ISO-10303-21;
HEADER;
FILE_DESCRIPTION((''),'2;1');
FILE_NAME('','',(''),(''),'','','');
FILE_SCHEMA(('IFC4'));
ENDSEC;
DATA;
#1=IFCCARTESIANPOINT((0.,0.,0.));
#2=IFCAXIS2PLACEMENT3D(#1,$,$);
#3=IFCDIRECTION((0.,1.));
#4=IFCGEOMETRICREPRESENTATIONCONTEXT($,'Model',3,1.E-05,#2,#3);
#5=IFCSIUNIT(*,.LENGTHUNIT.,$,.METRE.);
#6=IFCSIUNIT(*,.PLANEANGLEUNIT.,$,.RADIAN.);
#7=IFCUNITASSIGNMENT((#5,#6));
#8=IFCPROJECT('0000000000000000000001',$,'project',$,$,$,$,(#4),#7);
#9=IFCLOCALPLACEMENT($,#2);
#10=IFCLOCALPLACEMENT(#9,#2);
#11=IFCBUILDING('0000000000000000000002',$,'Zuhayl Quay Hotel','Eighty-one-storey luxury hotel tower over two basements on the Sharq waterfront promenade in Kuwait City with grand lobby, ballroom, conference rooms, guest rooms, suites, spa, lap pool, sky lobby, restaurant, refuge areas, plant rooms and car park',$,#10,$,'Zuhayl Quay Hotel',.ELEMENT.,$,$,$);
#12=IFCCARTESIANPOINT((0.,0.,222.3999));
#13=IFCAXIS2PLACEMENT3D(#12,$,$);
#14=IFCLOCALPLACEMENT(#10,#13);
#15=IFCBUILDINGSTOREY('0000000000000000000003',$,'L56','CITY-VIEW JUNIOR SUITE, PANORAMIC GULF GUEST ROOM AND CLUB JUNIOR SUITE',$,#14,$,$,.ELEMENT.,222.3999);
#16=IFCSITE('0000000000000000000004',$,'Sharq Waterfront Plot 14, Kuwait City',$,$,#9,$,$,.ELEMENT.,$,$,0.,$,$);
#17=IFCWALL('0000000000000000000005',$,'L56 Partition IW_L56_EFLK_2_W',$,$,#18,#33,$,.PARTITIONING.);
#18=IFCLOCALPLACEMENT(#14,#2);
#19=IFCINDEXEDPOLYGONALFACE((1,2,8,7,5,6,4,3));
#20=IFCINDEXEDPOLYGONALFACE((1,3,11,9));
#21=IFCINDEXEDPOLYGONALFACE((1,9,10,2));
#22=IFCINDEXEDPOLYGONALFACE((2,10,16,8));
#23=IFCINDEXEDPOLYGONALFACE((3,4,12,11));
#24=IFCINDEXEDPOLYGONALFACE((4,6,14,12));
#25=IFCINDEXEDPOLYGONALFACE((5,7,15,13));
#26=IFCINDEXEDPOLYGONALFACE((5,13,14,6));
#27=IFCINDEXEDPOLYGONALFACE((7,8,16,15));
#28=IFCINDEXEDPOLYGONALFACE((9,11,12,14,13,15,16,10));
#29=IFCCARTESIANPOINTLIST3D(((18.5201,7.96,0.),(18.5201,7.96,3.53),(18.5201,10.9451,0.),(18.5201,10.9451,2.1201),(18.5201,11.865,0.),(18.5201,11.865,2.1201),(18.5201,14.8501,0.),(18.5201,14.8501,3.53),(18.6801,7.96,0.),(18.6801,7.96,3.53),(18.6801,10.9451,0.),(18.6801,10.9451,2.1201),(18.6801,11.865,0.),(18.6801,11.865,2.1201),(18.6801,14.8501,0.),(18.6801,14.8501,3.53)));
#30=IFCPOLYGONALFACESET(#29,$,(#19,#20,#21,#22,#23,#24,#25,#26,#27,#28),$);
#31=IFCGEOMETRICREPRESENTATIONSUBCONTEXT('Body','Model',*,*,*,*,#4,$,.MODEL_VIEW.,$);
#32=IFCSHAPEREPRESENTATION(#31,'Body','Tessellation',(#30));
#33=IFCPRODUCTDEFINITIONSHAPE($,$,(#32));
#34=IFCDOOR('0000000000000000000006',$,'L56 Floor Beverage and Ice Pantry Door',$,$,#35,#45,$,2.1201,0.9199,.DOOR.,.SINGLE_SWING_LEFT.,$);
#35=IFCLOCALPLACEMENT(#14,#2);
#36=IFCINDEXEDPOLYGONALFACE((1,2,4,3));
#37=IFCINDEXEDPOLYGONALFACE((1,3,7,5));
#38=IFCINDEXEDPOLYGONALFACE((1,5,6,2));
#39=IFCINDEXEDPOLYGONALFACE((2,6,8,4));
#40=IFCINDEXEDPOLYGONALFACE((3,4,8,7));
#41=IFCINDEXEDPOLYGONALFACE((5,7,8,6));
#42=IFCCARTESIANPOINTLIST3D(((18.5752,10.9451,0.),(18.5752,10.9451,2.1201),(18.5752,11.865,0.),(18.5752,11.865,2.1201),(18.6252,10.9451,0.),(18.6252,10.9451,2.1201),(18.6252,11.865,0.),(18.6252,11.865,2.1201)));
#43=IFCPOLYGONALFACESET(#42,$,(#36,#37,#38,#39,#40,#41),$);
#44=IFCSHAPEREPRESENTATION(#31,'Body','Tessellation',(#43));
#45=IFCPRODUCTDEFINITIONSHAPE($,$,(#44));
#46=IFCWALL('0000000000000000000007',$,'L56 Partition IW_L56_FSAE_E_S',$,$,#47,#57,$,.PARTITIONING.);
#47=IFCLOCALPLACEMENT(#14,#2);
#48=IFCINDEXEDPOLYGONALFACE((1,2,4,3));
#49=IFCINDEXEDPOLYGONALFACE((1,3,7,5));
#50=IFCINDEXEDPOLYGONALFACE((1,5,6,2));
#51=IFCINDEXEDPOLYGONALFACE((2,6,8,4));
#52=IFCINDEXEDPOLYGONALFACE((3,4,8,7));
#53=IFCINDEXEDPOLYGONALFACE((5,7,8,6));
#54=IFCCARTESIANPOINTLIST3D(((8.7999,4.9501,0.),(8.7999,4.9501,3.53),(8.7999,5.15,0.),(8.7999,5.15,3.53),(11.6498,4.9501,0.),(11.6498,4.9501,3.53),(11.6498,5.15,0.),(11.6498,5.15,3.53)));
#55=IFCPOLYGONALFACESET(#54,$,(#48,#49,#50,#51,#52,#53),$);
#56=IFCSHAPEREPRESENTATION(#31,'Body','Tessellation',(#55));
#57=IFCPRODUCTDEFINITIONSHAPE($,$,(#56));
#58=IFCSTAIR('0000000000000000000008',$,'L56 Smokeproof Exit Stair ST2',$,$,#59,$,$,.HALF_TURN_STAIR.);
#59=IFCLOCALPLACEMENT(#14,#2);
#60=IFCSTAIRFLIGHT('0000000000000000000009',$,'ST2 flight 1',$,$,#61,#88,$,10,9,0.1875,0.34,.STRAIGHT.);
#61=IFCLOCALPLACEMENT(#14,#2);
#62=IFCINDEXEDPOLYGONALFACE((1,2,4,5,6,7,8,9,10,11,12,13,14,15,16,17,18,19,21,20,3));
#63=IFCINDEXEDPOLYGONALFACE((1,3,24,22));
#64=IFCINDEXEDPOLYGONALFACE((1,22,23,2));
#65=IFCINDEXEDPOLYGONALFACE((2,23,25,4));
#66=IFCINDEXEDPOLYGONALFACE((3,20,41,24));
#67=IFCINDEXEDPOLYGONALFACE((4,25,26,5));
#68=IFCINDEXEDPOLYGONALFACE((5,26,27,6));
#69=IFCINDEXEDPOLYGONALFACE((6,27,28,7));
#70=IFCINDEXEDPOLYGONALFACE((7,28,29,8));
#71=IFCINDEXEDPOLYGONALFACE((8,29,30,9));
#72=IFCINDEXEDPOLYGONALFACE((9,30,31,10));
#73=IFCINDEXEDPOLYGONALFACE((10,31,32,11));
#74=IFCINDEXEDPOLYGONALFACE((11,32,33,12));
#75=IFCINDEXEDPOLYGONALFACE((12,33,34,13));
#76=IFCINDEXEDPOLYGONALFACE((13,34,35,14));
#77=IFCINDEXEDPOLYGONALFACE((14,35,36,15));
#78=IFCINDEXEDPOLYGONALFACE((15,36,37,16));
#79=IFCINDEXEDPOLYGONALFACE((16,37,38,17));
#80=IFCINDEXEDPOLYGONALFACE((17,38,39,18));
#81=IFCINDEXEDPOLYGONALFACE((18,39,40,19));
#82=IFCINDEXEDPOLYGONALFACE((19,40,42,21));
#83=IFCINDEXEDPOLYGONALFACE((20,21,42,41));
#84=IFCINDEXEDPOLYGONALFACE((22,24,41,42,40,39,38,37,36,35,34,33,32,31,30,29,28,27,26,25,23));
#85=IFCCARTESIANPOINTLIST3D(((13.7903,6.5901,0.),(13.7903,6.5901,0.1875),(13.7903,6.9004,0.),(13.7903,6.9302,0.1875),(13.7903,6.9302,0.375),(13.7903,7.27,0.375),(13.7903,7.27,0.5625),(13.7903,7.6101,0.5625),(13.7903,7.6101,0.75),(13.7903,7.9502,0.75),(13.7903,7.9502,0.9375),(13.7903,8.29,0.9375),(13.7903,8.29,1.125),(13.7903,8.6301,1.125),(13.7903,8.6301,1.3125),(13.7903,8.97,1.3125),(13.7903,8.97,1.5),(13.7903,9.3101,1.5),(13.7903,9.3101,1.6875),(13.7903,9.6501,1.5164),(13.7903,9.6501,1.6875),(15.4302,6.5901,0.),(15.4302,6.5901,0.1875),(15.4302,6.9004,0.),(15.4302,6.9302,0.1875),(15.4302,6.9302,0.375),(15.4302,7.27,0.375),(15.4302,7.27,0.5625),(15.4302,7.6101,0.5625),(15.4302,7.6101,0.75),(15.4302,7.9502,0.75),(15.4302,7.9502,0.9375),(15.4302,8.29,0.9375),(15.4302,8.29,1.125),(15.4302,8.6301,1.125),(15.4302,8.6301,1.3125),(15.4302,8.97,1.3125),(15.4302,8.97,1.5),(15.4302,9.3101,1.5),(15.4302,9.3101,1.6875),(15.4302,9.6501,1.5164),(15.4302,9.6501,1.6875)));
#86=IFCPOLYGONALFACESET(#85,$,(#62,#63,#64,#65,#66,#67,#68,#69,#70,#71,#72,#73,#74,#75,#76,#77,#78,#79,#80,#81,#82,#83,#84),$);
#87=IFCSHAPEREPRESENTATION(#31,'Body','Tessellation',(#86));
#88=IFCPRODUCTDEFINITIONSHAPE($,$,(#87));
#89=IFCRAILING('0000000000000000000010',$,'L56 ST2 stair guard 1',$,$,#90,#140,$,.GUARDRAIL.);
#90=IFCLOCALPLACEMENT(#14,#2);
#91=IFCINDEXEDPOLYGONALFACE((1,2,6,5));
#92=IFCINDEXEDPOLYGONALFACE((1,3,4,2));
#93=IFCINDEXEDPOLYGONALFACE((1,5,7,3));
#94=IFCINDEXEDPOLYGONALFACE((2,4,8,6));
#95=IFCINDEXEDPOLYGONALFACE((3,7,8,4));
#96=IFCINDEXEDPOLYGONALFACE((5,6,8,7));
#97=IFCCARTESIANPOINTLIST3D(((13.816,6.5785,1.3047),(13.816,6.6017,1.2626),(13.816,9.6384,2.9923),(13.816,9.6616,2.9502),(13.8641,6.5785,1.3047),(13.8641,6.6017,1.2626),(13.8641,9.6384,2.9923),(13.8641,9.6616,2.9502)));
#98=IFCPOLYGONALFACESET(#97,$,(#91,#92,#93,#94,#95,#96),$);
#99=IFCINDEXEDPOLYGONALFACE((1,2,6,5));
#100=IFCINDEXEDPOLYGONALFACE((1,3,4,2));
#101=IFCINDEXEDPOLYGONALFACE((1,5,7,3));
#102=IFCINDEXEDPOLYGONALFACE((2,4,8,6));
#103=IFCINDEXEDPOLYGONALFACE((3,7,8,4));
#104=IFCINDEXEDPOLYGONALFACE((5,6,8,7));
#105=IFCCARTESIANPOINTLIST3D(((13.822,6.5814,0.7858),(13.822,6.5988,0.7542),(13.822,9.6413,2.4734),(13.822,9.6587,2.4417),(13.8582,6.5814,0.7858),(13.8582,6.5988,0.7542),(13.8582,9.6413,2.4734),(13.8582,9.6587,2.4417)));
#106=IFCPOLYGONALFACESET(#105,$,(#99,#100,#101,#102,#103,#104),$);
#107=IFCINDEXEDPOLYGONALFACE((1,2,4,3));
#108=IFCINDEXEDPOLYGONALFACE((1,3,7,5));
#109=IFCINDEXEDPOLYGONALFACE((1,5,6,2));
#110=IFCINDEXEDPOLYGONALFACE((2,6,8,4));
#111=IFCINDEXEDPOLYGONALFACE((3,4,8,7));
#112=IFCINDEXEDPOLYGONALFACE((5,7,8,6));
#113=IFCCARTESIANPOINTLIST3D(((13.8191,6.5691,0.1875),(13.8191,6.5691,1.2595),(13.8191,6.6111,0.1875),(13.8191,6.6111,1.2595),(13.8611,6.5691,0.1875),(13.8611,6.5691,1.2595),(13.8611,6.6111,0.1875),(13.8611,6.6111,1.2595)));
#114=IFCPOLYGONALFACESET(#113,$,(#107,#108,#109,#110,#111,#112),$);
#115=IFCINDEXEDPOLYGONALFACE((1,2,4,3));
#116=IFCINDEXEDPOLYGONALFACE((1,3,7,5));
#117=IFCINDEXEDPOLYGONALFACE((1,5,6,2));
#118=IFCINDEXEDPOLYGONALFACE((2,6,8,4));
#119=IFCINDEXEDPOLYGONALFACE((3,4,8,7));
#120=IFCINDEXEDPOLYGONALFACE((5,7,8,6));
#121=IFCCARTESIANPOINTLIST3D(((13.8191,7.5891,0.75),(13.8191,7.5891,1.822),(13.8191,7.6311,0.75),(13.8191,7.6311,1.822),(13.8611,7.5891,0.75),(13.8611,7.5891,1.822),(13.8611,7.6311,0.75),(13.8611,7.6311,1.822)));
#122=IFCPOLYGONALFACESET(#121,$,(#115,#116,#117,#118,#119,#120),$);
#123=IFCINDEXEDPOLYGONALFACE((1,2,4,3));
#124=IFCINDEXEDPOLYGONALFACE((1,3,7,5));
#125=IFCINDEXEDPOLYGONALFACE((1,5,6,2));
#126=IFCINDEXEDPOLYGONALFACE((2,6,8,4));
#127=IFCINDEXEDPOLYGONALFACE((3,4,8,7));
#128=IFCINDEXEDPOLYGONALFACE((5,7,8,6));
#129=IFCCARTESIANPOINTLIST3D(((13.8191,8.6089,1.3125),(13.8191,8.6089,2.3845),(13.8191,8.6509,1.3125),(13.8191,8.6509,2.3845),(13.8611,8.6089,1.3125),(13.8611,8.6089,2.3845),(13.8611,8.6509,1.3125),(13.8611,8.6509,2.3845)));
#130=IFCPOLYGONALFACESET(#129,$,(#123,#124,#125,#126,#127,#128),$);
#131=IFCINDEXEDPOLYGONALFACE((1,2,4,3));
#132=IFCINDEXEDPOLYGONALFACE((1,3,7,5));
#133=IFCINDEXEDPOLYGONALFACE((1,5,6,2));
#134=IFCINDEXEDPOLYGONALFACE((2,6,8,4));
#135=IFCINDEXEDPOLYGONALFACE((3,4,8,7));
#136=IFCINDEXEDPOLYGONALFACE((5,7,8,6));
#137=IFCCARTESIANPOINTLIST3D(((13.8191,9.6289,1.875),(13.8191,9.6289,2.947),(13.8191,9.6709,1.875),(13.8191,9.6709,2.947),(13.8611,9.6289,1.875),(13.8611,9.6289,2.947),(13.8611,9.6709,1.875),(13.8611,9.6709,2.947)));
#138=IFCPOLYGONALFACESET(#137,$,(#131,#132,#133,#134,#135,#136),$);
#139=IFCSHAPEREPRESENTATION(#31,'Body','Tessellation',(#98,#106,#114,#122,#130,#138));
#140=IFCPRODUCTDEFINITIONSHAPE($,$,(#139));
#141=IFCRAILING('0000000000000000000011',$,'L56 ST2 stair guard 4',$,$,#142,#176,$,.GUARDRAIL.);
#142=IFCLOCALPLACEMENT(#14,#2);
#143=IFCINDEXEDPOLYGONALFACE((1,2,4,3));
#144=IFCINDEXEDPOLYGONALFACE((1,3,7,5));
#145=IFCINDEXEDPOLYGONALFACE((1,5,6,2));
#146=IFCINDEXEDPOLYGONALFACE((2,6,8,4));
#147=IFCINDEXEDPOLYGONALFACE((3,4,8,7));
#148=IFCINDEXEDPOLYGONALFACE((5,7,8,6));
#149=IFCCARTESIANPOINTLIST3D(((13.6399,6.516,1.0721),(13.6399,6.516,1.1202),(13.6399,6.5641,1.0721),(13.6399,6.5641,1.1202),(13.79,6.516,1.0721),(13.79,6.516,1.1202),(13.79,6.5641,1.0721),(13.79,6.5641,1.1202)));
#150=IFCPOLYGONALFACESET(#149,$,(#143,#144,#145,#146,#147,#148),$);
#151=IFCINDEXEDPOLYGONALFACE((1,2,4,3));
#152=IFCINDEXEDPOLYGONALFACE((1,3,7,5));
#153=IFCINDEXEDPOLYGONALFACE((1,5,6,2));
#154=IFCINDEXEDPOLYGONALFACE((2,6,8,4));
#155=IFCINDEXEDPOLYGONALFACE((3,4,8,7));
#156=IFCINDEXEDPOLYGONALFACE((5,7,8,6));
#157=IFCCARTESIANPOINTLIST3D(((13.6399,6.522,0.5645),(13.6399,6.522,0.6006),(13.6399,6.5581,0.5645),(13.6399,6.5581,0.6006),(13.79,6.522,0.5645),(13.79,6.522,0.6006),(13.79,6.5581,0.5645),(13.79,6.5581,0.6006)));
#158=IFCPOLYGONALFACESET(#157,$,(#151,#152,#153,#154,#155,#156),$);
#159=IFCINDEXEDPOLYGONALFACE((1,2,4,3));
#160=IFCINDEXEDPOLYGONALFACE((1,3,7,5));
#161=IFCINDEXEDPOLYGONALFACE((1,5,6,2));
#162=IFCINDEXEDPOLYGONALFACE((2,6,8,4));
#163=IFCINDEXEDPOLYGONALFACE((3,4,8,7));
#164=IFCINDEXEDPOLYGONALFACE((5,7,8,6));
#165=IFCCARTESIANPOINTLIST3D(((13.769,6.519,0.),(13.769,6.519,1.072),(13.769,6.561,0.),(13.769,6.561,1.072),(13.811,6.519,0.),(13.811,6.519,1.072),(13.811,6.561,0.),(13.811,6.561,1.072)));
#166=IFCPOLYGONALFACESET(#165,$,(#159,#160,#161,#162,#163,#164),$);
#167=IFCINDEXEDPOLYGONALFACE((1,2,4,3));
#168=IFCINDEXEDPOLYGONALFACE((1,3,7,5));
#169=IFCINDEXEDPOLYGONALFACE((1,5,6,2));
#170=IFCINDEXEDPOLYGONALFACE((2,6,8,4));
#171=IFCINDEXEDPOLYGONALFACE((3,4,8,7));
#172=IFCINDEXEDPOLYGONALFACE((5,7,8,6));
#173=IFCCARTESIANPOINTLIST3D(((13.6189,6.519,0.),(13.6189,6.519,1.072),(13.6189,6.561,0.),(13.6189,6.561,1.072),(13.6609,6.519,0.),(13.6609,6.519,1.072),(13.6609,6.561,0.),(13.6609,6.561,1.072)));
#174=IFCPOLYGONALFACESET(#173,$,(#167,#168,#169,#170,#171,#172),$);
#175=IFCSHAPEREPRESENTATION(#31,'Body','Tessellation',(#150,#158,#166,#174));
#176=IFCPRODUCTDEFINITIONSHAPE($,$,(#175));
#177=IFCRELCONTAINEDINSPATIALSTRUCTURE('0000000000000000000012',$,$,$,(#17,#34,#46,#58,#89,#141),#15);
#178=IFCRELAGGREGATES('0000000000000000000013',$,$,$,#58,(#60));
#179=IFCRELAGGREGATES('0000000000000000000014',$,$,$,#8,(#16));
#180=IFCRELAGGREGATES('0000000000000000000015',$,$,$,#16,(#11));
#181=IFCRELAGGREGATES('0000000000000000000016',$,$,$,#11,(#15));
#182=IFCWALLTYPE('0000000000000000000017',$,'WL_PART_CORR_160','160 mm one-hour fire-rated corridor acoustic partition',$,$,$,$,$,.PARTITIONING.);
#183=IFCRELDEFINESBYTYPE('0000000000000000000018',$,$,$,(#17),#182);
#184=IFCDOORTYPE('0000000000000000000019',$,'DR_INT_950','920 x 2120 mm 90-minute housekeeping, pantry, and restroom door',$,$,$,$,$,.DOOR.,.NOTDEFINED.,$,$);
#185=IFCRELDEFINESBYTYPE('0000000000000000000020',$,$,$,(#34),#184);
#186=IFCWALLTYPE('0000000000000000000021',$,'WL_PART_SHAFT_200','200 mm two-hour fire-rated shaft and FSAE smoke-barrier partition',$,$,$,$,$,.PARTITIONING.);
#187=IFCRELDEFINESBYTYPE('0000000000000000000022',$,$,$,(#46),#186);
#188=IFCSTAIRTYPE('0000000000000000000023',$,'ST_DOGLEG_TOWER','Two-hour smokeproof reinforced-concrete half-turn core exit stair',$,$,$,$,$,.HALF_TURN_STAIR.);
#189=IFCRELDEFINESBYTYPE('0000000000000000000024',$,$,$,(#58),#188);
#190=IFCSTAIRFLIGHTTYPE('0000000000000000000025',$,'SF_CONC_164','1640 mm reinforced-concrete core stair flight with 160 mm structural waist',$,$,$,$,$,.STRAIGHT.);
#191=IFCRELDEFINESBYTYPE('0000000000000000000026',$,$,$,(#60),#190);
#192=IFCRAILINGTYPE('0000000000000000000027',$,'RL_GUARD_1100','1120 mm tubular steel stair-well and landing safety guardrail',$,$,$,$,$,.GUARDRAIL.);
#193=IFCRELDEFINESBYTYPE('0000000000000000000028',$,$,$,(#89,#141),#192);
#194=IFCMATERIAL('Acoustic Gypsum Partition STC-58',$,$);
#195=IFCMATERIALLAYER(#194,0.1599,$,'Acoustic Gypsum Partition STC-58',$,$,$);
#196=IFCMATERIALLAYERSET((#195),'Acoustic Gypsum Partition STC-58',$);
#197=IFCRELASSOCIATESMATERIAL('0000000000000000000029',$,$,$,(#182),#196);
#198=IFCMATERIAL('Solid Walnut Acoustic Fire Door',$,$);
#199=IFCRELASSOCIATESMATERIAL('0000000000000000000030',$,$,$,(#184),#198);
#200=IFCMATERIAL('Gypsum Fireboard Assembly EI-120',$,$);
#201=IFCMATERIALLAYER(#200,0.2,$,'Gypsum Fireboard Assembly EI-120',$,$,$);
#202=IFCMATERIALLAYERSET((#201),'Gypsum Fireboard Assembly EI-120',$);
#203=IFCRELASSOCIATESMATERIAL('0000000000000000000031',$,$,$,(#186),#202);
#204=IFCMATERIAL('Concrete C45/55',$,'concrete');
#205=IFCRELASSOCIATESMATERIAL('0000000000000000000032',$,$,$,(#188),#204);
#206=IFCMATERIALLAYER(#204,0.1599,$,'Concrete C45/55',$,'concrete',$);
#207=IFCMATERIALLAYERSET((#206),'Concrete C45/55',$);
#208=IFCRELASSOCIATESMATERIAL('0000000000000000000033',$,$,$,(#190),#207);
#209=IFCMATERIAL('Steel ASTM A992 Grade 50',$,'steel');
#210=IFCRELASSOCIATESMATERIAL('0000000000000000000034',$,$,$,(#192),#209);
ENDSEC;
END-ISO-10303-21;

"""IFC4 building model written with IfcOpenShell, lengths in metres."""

from ifc_helpers import new_model, si_unit, direction, frame, frame_2d, origin, origin_2d, place, context, subcontext, project, spatial, polyline, rectangle, outline, extrude, material, layer, layer_set, type_object, element, fill, aggregate, save


model = new_model("IFC4")

# Units and contexts
model_context = context("Model", 3, precision=1e-05, world=origin(), true_north=direction((0.0, 1.0)))
body_context = subcontext(model_context, "Body", "Model", "MODEL_VIEW")
ifc_project = project(units=[si_unit("LENGTHUNIT", "METRE"), si_unit("PLANEANGLEUNIT", "RADIAN")], contexts=[model_context])

# Site, building, storey
site_placement = place(None, origin())
site = spatial("IfcSite", under=ifc_project, at=site_placement, Name="Sharq Waterfront Plot 14, Kuwait City", CompositionType="ELEMENT", RefElevation=0.0)
building_placement = place(site_placement, origin())
building = spatial("IfcBuilding", under=site, at=building_placement, Name="Zuhayl Quay Hotel", Description="Eighty-one-storey luxury hotel tower over two basements on the Sharq waterfront promenade in Kuwait City with grand lobby, ballroom, conference rooms, guest rooms, suites, spa, lap pool, sky lobby, restaurant, refuge areas, plant rooms and car park", LongName="Zuhayl Quay Hotel", CompositionType="ELEMENT")
storey_placement = place(building_placement, frame((0.0, 0.0, 222.3999)))
storey = spatial("IfcBuildingStorey", under=building, at=storey_placement, Name="L56", Description="CITY-VIEW JUNIOR SUITE, PANORAMIC GULF GUEST ROOM AND CLUB JUNIOR SUITE", CompositionType="ELEMENT", Elevation=222.3999)

# Shared definitions
ifc_material_1 = material(Name="Acoustic Gypsum Partition STC-58")

# Wall, opening, door
ifc_layer_1 = layer(ifc_material_1, 0.1599, Name="Acoustic Gypsum Partition STC-58")
ifc_layer_set_1 = layer_set([ifc_layer_1], Name="Acoustic Gypsum Partition STC-58")
wall_type_1 = type_object("IfcWallType", Name="WL_PART_CORR_160", Description="160 mm one-hour fire-rated corridor acoustic partition", PredefinedType="PARTITIONING", material=ifc_layer_set_1)
ifc_material_2 = material(Name="Solid Walnut Acoustic Fire Door")
door_type_1 = type_object("IfcDoorType", Name="DR_INT_950", Description="920 x 2120 mm 90-minute housekeeping, pantry, and restroom door", OperationType="NOTDEFINED", PredefinedType="DOOR", material=ifc_material_2)
wall_1_placement = place(storey_placement, frame((18.6001, 7.96, 0.0), z_axis=(0.0, 0.0, 1.0), x_axis=(0.0, 1.0, 0.0)))
wall_1 = element("IfcWall", 1, at=wall_1_placement, inside=storey, type_object=wall_type_1, Name="L56 Partition IW_L56_EFLK_2_W", PredefinedType="PARTITIONING", context=body_context, shape_type="SweptSolid", body=[
    extrude(rectangle(XDim=6.8901, YDim=0.1599, at=frame_2d((3.4451, 0.0))), origin(), (0.0, 0.0, 1.0), 3.53),
])
opening_1_placement = place(wall_1_placement, frame((2.9851, 0.0, 0.0)))
opening_1 = element("IfcOpeningElement", 2, at=opening_1_placement, cuts=wall_1, PredefinedType="OPENING", context=body_context, shape_type="SweptSolid", body=[
    extrude(rectangle(XDim=0.9199, YDim=2.1201, at=frame_2d((0.46, 1.0601))), frame((0.0, 0.0898, 0.0), z_axis=(0.0, -1.0, 0.0), x_axis=(1.0, 0.0, 0.0)), (0.0, 0.0, 1.0), 0.1799),
])
door_1_placement = place(opening_1_placement, origin())
door_1 = element("IfcDoor", 3, at=door_1_placement, inside=storey, type_object=door_type_1, Name="L56 Floor Beverage and Ice Pantry Door", OperationType="SINGLE_SWING_LEFT", OverallHeight=2.1201, OverallWidth=0.9199, PredefinedType="DOOR", context=body_context, shape_type="SweptSolid", body=[
    extrude(rectangle(XDim=0.9199, YDim=2.1201, at=frame_2d((0.46, 1.0601))), frame((0.0, 0.0249, 0.0), z_axis=(0.0, -1.0, 0.0), x_axis=(1.0, 0.0, 0.0)), (0.0, 0.0, 1.0), 0.05),
])
fill(opening_1, door_1)

# Wall
ifc_material_3 = material(Name="Gypsum Fireboard Assembly EI-120")
ifc_layer_2 = layer(ifc_material_3, 0.2, Name="Gypsum Fireboard Assembly EI-120")
ifc_layer_set_2 = layer_set([ifc_layer_2], Name="Gypsum Fireboard Assembly EI-120")
wall_type_2 = type_object("IfcWallType", Name="WL_PART_SHAFT_200", Description="200 mm two-hour fire-rated shaft and FSAE smoke-barrier partition", PredefinedType="PARTITIONING", material=ifc_layer_set_2)
wall_2_placement = place(storey_placement, frame((8.8, 5.05, 0.0), z_axis=(0.0, 0.0, 1.0), x_axis=(1.0, 0.0, 0.0)))
element("IfcWall", 4, at=wall_2_placement, inside=storey, type_object=wall_type_2, Name="L56 Partition IW_L56_FSAE_E_S", PredefinedType="PARTITIONING", context=body_context, shape_type="SweptSolid", body=[
    extrude(rectangle(XDim=2.8499, YDim=0.2, at=frame_2d((1.4248, 0.0))), origin(), (0.0, 0.0, 1.0), 3.53),
])

# Stair, stair flight
ifc_material_4 = material(Name="Concrete C45/55", Category="concrete")
stair_type = type_object("IfcStairType", Name="ST_DOGLEG_TOWER", Description="Two-hour smokeproof reinforced-concrete half-turn core exit stair", PredefinedType="HALF_TURN_STAIR", material=ifc_material_4)
stair_placement = place(storey_placement, origin())
stair = element("IfcStair", 5, at=stair_placement, inside=storey, type_object=stair_type, Name="L56 Smokeproof Exit Stair ST2", PredefinedType="HALF_TURN_STAIR")
ifc_layer_3 = layer(ifc_material_4, 0.1599, Name="Concrete C45/55", Category="concrete")
ifc_layer_set_3 = layer_set([ifc_layer_3], Name="Concrete C45/55")
stair_flight_type = type_object("IfcStairFlightType", Name="SF_CONC_164", Description="1640 mm reinforced-concrete core stair flight with 160 mm structural waist", PredefinedType="STRAIGHT", material=ifc_layer_set_3)
stair_flight_placement = place(storey_placement, frame((14.6101, 6.5901, 0.0), z_axis=(0.0, 0.0, 1.0), x_axis=(0.0, 1.0, 0.0)))
stair_flight = element("IfcStairFlight", 6, at=stair_flight_placement, type_object=stair_flight_type, Name="ST2 flight 1", NumberOfRisers=10, NumberOfTreads=9, PredefinedType="STRAIGHT", RiserHeight=0.1875, TreadLength=0.34, context=body_context, shape_type="SweptSolid", body=[
    extrude(outline(polyline([(0.0, 0.0), (0.0, 0.1875), (0.3401, 0.1875), (0.3401, 0.375), (0.6799, 0.375), (0.6799, 0.5625), (1.02, 0.5625), (1.02, 0.75), (1.3601, 0.75), (1.3601, 0.9375), (1.7, 0.9375), (1.7, 1.125), (2.04, 1.125), (2.04, 1.3125), (2.3799, 1.3125), (2.3799, 1.5), (2.72, 1.5), (2.72, 1.6875), (3.0601, 1.6875), (3.0601, 1.875), (3.0601, 1.5164), (0.3103, 0.0), (0.0, 0.0)])), frame((0.0, 0.8198, 0.0), z_axis=(0.0, -1.0, 0.0), x_axis=(1.0, 0.0, 0.0)), (0.0, 0.0, 1.0), 1.6399),
])
aggregate(stair, [stair_flight])

# Railings
ifc_material_5 = material(Name="Steel ASTM A992 Grade 50", Category="steel")
railing_type_1 = type_object("IfcRailingType", Name="RL_GUARD_1100", Description="1120 mm tubular steel stair-well and landing safety guardrail", PredefinedType="GUARDRAIL", material=ifc_material_5)
railing_1_placement = place(storey_placement, frame((13.8401, 6.5901, 0.1875)))
element("IfcRailing", 7, at=railing_1_placement, inside=storey, type_object=railing_type_1, Name="L56 ST2 stair guard 1", PredefinedType="GUARDRAIL", context=body_context, shape_type="SweptSolid", body=[
    extrude(rectangle(XDim=0.0481, YDim=0.0481, at=origin_2d()), frame((0.0, 0.0, 1.0962), z_axis=(0.0, 0.875659, 0.48293), x_axis=(-1.0, 0.0, 0.0)), (0.0, 0.0, 1.0), 3.4944),
    extrude(rectangle(XDim=0.0361, YDim=0.0361, at=origin_2d()), frame((0.0, 0.0, 0.5825), z_axis=(0.0, 0.875659, 0.48293), x_axis=(-1.0, 0.0, 0.0)), (0.0, 0.0, 1.0), 3.4944),
    extrude(rectangle(XDim=0.042, YDim=0.042, at=origin_2d()), origin(), (0.0, 0.0, 1.0), 1.072),
    extrude(rectangle(XDim=0.042, YDim=0.042, at=origin_2d()), frame((0.0, 1.02, 0.5625)), (0.0, 0.0, 1.0), 1.072),
    extrude(rectangle(XDim=0.042, YDim=0.042, at=origin_2d()), frame((0.0, 2.0398, 1.125)), (0.0, 0.0, 1.0), 1.072),
    extrude(rectangle(XDim=0.042, YDim=0.042, at=origin_2d()), frame((0.0, 3.0598, 1.6875)), (0.0, 0.0, 1.0), 1.072),
])
railing_2_placement = place(storey_placement, frame((13.79, 6.54, 0.0)))
element("IfcRailing", 8, at=railing_2_placement, inside=storey, type_object=railing_type_1, Name="L56 ST2 stair guard 4", PredefinedType="GUARDRAIL", context=body_context, shape_type="SweptSolid", body=[
    extrude(rectangle(XDim=0.0481, YDim=0.0481, at=origin_2d()), frame((0.0, 0.0, 1.0962), z_axis=(-1.0, 0.0, 0.0), x_axis=(0.0, -1.0, 0.0)), (0.0, 0.0, 1.0), 0.1501),
    extrude(rectangle(XDim=0.0361, YDim=0.0361, at=origin_2d()), frame((0.0, 0.0, 0.5825), z_axis=(-1.0, 0.0, 0.0), x_axis=(0.0, -1.0, 0.0)), (0.0, 0.0, 1.0), 0.1501),
    extrude(rectangle(XDim=0.042, YDim=0.042, at=origin_2d()), origin(), (0.0, 0.0, 1.0), 1.072),
    extrude(rectangle(XDim=0.042, YDim=0.042, at=origin_2d()), frame((-0.1501, 0.0, 0.0)), (0.0, 0.0, 1.0), 1.072),
])

save(model, "model.ifc")
